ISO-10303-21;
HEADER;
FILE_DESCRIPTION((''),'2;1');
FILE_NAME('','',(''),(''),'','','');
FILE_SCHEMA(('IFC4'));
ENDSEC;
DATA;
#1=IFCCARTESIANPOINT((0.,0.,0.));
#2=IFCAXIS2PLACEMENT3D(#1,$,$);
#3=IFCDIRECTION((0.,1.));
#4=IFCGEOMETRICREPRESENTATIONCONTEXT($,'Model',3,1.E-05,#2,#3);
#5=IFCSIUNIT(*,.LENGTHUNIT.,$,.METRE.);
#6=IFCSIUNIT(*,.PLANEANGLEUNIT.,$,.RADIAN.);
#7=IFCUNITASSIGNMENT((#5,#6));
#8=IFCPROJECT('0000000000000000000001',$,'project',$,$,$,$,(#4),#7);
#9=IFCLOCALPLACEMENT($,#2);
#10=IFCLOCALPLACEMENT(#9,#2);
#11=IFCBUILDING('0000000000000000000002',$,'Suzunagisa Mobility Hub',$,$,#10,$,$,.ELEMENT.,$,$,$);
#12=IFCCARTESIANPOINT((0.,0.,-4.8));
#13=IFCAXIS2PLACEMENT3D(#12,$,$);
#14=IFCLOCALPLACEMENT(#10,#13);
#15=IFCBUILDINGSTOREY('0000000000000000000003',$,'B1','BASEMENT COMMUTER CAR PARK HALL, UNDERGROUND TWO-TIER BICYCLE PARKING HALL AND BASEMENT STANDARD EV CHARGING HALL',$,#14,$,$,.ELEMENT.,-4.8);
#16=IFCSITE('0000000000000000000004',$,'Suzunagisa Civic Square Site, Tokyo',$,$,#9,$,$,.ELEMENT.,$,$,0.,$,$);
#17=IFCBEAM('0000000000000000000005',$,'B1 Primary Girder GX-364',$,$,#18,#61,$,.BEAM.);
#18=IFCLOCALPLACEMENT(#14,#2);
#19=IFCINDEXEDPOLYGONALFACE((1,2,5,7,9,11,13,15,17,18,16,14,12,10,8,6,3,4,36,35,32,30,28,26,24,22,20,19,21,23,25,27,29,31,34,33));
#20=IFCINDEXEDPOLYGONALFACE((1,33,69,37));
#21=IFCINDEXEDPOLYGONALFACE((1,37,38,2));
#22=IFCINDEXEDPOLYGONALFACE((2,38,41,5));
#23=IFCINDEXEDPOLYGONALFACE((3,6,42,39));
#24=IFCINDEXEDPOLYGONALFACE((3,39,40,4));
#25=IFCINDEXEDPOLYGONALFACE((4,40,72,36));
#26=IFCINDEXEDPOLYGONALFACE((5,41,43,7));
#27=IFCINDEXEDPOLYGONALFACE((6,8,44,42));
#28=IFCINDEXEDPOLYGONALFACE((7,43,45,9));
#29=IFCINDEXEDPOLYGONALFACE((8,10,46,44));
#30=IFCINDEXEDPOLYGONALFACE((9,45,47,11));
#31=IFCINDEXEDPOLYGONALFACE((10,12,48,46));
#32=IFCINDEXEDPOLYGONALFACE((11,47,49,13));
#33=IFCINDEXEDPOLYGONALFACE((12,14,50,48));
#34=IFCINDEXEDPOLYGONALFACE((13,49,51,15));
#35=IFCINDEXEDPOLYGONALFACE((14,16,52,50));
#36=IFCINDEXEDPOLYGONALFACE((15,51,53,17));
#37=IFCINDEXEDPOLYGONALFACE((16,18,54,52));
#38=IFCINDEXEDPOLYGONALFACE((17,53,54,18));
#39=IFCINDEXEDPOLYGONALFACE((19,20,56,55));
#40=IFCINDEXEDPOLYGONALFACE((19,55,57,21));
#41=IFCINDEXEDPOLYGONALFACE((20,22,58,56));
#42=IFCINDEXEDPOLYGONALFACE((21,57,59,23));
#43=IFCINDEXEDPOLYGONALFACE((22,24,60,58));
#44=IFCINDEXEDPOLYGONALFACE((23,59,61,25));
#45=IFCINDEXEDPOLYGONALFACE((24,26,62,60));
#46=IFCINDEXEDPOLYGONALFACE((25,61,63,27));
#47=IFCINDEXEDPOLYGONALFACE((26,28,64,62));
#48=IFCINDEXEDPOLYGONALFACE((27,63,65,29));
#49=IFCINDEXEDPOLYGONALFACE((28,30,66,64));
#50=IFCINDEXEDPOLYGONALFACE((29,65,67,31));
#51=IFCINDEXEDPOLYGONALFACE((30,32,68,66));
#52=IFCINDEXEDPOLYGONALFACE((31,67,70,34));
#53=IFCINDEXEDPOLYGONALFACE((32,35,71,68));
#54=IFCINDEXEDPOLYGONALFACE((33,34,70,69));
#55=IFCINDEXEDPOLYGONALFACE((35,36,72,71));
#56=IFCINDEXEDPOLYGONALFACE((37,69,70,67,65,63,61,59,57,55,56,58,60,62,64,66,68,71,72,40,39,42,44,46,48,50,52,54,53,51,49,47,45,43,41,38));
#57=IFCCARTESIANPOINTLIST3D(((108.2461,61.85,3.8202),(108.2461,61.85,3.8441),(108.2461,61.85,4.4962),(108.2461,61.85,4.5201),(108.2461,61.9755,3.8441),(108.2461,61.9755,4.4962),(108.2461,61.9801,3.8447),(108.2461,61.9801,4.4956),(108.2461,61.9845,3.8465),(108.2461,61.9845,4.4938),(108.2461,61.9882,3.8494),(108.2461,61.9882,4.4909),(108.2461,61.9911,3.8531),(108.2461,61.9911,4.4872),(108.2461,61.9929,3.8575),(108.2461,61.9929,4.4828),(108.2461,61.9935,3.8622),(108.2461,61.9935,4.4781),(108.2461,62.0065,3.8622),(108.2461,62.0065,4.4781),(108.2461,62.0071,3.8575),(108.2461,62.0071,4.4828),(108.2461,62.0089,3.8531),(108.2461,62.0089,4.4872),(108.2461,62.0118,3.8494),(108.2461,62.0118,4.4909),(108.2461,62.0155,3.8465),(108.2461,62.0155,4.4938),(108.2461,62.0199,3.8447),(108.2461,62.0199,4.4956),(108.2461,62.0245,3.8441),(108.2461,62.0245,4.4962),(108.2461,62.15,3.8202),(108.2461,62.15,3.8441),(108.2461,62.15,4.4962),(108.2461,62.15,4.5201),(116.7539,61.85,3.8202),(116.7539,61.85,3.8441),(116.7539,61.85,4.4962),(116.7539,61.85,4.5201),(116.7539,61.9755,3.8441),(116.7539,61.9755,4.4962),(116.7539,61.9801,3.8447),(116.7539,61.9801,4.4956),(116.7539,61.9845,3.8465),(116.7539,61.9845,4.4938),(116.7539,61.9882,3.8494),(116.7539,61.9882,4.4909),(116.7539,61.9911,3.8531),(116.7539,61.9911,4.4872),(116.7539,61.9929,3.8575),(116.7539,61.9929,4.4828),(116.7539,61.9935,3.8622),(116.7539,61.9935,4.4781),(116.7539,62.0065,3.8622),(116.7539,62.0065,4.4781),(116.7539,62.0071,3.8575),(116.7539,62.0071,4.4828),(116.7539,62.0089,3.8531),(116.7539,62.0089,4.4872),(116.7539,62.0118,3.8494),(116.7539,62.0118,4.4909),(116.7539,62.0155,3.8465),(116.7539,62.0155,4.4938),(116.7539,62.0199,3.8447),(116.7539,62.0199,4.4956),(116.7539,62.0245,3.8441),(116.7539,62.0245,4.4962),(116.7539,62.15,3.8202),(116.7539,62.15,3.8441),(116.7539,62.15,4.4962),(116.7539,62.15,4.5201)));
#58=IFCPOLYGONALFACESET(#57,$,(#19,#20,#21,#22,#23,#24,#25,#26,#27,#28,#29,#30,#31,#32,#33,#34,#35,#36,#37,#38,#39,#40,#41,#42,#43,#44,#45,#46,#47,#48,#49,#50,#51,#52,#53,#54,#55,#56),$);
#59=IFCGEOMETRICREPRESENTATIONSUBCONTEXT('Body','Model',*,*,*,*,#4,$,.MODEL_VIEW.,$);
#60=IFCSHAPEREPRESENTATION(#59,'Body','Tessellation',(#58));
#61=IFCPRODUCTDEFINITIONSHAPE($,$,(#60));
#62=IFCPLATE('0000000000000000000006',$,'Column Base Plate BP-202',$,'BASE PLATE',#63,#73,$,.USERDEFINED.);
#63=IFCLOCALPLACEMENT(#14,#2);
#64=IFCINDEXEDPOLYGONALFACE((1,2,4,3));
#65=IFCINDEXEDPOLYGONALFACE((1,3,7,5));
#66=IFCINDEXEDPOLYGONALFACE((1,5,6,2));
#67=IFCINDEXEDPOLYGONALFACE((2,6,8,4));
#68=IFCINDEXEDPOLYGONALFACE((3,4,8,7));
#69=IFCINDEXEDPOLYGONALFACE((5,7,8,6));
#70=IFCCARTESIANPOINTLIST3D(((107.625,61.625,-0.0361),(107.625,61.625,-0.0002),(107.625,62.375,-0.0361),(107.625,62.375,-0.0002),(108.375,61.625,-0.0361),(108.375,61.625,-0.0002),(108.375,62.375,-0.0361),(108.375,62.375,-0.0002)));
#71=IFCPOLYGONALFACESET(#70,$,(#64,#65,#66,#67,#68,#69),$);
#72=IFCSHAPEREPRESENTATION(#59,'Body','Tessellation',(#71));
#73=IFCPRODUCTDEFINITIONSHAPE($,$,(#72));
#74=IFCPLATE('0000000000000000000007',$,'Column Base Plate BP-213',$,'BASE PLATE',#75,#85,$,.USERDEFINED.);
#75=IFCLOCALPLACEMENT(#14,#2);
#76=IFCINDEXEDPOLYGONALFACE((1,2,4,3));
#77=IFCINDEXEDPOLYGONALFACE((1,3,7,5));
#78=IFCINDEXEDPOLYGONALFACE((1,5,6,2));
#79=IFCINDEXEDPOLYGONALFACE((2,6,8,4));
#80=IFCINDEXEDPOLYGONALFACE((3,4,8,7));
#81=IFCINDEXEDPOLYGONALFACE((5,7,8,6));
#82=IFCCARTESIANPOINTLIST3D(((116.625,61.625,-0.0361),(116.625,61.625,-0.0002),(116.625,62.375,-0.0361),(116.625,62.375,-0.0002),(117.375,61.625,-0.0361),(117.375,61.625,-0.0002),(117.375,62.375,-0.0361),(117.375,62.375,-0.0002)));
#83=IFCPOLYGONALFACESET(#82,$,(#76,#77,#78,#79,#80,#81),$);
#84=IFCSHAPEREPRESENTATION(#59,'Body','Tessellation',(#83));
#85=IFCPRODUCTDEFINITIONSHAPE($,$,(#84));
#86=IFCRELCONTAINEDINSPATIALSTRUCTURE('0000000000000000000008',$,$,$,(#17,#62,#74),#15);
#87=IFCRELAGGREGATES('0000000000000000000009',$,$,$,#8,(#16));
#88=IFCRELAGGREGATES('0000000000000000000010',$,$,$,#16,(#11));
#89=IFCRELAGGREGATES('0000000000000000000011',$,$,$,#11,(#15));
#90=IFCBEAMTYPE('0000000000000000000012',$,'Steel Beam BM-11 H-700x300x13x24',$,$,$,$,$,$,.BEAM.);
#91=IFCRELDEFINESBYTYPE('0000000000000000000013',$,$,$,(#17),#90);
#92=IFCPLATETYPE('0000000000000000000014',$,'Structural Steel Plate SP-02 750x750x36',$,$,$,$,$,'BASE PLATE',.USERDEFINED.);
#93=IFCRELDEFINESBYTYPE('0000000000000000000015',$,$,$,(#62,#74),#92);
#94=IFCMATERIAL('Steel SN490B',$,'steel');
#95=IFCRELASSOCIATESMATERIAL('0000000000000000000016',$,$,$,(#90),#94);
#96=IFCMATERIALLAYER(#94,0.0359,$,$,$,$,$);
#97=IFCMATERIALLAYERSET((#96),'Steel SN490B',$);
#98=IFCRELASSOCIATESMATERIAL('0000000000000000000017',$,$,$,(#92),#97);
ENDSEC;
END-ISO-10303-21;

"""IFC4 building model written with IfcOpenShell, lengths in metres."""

from ifc_helpers import new_model, si_unit, direction, frame, origin, origin_2d, place, context, subcontext, project, spatial, rectangle, i_section, extrude, material, layer, layer_set, material_profile, profile_set, type_object, element, save


model = new_model("IFC4")

# Units and contexts
model_context = context("Model", 3, precision=1e-05, world=origin(), true_north=direction((0.0, 1.0)))
body_context = subcontext(model_context, "Body", "Model", "MODEL_VIEW")
ifc_project = project(units=[si_unit("LENGTHUNIT", "METRE"), si_unit("PLANEANGLEUNIT", "RADIAN")], contexts=[model_context])

# Site, building, storey
site_placement = place(None, origin())
site = spatial("IfcSite", under=ifc_project, at=site_placement, Name="Suzunagisa Civic Square Site, Tokyo", CompositionType="ELEMENT", RefElevation=0.0)
building_placement = place(site_placement, origin())
building = spatial("IfcBuilding", under=site, at=building_placement, Name="Suzunagisa Mobility Hub", CompositionType="ELEMENT")
storey_placement = place(building_placement, frame((0.0, 0.0, -4.8)))
storey = spatial("IfcBuildingStorey", under=building, at=storey_placement, Name="B1", Description="BASEMENT COMMUTER CAR PARK HALL, UNDERGROUND TWO-TIER BICYCLE PARKING HALL AND BASEMENT STANDARD EV CHARGING HALL", CompositionType="ELEMENT", Elevation=-4.8)

# Shared definitions
ifc_material_1 = material(Name="Steel SN490B", Category="steel")

# Beam
ifc_material_profile_1 = material_profile(ifc_material_1, i_section(OverallWidth=0.3, OverallDepth=0.7, WebThickness=0.0129, FlangeThickness=0.0239, FilletRadius=0.0181, at=origin_2d()), Name="H-700x300x13x24")
ifc_profile_set_1 = profile_set([ifc_material_profile_1], Name="Steel SN490B")
beam_type = type_object("IfcBeamType", Name="Steel Beam BM-11 H-700x300x13x24", PredefinedType="BEAM", material=ifc_profile_set_1)
beam_placement = place(storey_placement, frame((108.2461, 62.0, 4.1702), z_axis=(1.0, 0.0, 0.0), x_axis=(0.0, 1.0, 0.0)))
element("IfcBeam", 1, at=beam_placement, inside=storey, type_object=beam_type, Name="B1 Primary Girder GX-364", PredefinedType="BEAM", context=body_context, shape_type="SweptSolid", body=[
    extrude(i_section(OverallWidth=0.3, OverallDepth=0.7, WebThickness=0.0129, FlangeThickness=0.0239, FilletRadius=0.0181, at=origin_2d()), origin(), (0.0, 0.0, 1.0), 8.5078),
])

# Plates
ifc_layer = layer(ifc_material_1, 0.0359)
ifc_layer_set = layer_set([ifc_layer], Name="Steel SN490B")
plate_type = type_object("IfcPlateType", Name="Structural Steel Plate SP-02 750x750x36", ElementType="BASE PLATE", PredefinedType="USERDEFINED", material=ifc_layer_set)
for number, where, z_axis, x_axis, name in (
    (2, (108.0, 62.0, -0.0361), (0.0, 0.0, 1.0), (1.0, 0.0, 0.0), "Column Base Plate BP-202"),
    (3, (117.0, 62.0, -0.0361), (0.0, 0.0, 1.0), (1.0, 0.0, 0.0), "Column Base Plate BP-213"),
):
    element("IfcPlate", number, at=place(storey_placement, frame(where, z_axis=z_axis, x_axis=x_axis)), inside=storey, type_object=plate_type, Name=name, ObjectType="BASE PLATE", PredefinedType="USERDEFINED", context=body_context, shape_type="SweptSolid", body=[
        extrude(rectangle(XDim=0.75, YDim=0.75, at=origin_2d()), origin(), (0.0, 0.0, 1.0), 0.0359),
    ])

save(model, "model.ifc")
